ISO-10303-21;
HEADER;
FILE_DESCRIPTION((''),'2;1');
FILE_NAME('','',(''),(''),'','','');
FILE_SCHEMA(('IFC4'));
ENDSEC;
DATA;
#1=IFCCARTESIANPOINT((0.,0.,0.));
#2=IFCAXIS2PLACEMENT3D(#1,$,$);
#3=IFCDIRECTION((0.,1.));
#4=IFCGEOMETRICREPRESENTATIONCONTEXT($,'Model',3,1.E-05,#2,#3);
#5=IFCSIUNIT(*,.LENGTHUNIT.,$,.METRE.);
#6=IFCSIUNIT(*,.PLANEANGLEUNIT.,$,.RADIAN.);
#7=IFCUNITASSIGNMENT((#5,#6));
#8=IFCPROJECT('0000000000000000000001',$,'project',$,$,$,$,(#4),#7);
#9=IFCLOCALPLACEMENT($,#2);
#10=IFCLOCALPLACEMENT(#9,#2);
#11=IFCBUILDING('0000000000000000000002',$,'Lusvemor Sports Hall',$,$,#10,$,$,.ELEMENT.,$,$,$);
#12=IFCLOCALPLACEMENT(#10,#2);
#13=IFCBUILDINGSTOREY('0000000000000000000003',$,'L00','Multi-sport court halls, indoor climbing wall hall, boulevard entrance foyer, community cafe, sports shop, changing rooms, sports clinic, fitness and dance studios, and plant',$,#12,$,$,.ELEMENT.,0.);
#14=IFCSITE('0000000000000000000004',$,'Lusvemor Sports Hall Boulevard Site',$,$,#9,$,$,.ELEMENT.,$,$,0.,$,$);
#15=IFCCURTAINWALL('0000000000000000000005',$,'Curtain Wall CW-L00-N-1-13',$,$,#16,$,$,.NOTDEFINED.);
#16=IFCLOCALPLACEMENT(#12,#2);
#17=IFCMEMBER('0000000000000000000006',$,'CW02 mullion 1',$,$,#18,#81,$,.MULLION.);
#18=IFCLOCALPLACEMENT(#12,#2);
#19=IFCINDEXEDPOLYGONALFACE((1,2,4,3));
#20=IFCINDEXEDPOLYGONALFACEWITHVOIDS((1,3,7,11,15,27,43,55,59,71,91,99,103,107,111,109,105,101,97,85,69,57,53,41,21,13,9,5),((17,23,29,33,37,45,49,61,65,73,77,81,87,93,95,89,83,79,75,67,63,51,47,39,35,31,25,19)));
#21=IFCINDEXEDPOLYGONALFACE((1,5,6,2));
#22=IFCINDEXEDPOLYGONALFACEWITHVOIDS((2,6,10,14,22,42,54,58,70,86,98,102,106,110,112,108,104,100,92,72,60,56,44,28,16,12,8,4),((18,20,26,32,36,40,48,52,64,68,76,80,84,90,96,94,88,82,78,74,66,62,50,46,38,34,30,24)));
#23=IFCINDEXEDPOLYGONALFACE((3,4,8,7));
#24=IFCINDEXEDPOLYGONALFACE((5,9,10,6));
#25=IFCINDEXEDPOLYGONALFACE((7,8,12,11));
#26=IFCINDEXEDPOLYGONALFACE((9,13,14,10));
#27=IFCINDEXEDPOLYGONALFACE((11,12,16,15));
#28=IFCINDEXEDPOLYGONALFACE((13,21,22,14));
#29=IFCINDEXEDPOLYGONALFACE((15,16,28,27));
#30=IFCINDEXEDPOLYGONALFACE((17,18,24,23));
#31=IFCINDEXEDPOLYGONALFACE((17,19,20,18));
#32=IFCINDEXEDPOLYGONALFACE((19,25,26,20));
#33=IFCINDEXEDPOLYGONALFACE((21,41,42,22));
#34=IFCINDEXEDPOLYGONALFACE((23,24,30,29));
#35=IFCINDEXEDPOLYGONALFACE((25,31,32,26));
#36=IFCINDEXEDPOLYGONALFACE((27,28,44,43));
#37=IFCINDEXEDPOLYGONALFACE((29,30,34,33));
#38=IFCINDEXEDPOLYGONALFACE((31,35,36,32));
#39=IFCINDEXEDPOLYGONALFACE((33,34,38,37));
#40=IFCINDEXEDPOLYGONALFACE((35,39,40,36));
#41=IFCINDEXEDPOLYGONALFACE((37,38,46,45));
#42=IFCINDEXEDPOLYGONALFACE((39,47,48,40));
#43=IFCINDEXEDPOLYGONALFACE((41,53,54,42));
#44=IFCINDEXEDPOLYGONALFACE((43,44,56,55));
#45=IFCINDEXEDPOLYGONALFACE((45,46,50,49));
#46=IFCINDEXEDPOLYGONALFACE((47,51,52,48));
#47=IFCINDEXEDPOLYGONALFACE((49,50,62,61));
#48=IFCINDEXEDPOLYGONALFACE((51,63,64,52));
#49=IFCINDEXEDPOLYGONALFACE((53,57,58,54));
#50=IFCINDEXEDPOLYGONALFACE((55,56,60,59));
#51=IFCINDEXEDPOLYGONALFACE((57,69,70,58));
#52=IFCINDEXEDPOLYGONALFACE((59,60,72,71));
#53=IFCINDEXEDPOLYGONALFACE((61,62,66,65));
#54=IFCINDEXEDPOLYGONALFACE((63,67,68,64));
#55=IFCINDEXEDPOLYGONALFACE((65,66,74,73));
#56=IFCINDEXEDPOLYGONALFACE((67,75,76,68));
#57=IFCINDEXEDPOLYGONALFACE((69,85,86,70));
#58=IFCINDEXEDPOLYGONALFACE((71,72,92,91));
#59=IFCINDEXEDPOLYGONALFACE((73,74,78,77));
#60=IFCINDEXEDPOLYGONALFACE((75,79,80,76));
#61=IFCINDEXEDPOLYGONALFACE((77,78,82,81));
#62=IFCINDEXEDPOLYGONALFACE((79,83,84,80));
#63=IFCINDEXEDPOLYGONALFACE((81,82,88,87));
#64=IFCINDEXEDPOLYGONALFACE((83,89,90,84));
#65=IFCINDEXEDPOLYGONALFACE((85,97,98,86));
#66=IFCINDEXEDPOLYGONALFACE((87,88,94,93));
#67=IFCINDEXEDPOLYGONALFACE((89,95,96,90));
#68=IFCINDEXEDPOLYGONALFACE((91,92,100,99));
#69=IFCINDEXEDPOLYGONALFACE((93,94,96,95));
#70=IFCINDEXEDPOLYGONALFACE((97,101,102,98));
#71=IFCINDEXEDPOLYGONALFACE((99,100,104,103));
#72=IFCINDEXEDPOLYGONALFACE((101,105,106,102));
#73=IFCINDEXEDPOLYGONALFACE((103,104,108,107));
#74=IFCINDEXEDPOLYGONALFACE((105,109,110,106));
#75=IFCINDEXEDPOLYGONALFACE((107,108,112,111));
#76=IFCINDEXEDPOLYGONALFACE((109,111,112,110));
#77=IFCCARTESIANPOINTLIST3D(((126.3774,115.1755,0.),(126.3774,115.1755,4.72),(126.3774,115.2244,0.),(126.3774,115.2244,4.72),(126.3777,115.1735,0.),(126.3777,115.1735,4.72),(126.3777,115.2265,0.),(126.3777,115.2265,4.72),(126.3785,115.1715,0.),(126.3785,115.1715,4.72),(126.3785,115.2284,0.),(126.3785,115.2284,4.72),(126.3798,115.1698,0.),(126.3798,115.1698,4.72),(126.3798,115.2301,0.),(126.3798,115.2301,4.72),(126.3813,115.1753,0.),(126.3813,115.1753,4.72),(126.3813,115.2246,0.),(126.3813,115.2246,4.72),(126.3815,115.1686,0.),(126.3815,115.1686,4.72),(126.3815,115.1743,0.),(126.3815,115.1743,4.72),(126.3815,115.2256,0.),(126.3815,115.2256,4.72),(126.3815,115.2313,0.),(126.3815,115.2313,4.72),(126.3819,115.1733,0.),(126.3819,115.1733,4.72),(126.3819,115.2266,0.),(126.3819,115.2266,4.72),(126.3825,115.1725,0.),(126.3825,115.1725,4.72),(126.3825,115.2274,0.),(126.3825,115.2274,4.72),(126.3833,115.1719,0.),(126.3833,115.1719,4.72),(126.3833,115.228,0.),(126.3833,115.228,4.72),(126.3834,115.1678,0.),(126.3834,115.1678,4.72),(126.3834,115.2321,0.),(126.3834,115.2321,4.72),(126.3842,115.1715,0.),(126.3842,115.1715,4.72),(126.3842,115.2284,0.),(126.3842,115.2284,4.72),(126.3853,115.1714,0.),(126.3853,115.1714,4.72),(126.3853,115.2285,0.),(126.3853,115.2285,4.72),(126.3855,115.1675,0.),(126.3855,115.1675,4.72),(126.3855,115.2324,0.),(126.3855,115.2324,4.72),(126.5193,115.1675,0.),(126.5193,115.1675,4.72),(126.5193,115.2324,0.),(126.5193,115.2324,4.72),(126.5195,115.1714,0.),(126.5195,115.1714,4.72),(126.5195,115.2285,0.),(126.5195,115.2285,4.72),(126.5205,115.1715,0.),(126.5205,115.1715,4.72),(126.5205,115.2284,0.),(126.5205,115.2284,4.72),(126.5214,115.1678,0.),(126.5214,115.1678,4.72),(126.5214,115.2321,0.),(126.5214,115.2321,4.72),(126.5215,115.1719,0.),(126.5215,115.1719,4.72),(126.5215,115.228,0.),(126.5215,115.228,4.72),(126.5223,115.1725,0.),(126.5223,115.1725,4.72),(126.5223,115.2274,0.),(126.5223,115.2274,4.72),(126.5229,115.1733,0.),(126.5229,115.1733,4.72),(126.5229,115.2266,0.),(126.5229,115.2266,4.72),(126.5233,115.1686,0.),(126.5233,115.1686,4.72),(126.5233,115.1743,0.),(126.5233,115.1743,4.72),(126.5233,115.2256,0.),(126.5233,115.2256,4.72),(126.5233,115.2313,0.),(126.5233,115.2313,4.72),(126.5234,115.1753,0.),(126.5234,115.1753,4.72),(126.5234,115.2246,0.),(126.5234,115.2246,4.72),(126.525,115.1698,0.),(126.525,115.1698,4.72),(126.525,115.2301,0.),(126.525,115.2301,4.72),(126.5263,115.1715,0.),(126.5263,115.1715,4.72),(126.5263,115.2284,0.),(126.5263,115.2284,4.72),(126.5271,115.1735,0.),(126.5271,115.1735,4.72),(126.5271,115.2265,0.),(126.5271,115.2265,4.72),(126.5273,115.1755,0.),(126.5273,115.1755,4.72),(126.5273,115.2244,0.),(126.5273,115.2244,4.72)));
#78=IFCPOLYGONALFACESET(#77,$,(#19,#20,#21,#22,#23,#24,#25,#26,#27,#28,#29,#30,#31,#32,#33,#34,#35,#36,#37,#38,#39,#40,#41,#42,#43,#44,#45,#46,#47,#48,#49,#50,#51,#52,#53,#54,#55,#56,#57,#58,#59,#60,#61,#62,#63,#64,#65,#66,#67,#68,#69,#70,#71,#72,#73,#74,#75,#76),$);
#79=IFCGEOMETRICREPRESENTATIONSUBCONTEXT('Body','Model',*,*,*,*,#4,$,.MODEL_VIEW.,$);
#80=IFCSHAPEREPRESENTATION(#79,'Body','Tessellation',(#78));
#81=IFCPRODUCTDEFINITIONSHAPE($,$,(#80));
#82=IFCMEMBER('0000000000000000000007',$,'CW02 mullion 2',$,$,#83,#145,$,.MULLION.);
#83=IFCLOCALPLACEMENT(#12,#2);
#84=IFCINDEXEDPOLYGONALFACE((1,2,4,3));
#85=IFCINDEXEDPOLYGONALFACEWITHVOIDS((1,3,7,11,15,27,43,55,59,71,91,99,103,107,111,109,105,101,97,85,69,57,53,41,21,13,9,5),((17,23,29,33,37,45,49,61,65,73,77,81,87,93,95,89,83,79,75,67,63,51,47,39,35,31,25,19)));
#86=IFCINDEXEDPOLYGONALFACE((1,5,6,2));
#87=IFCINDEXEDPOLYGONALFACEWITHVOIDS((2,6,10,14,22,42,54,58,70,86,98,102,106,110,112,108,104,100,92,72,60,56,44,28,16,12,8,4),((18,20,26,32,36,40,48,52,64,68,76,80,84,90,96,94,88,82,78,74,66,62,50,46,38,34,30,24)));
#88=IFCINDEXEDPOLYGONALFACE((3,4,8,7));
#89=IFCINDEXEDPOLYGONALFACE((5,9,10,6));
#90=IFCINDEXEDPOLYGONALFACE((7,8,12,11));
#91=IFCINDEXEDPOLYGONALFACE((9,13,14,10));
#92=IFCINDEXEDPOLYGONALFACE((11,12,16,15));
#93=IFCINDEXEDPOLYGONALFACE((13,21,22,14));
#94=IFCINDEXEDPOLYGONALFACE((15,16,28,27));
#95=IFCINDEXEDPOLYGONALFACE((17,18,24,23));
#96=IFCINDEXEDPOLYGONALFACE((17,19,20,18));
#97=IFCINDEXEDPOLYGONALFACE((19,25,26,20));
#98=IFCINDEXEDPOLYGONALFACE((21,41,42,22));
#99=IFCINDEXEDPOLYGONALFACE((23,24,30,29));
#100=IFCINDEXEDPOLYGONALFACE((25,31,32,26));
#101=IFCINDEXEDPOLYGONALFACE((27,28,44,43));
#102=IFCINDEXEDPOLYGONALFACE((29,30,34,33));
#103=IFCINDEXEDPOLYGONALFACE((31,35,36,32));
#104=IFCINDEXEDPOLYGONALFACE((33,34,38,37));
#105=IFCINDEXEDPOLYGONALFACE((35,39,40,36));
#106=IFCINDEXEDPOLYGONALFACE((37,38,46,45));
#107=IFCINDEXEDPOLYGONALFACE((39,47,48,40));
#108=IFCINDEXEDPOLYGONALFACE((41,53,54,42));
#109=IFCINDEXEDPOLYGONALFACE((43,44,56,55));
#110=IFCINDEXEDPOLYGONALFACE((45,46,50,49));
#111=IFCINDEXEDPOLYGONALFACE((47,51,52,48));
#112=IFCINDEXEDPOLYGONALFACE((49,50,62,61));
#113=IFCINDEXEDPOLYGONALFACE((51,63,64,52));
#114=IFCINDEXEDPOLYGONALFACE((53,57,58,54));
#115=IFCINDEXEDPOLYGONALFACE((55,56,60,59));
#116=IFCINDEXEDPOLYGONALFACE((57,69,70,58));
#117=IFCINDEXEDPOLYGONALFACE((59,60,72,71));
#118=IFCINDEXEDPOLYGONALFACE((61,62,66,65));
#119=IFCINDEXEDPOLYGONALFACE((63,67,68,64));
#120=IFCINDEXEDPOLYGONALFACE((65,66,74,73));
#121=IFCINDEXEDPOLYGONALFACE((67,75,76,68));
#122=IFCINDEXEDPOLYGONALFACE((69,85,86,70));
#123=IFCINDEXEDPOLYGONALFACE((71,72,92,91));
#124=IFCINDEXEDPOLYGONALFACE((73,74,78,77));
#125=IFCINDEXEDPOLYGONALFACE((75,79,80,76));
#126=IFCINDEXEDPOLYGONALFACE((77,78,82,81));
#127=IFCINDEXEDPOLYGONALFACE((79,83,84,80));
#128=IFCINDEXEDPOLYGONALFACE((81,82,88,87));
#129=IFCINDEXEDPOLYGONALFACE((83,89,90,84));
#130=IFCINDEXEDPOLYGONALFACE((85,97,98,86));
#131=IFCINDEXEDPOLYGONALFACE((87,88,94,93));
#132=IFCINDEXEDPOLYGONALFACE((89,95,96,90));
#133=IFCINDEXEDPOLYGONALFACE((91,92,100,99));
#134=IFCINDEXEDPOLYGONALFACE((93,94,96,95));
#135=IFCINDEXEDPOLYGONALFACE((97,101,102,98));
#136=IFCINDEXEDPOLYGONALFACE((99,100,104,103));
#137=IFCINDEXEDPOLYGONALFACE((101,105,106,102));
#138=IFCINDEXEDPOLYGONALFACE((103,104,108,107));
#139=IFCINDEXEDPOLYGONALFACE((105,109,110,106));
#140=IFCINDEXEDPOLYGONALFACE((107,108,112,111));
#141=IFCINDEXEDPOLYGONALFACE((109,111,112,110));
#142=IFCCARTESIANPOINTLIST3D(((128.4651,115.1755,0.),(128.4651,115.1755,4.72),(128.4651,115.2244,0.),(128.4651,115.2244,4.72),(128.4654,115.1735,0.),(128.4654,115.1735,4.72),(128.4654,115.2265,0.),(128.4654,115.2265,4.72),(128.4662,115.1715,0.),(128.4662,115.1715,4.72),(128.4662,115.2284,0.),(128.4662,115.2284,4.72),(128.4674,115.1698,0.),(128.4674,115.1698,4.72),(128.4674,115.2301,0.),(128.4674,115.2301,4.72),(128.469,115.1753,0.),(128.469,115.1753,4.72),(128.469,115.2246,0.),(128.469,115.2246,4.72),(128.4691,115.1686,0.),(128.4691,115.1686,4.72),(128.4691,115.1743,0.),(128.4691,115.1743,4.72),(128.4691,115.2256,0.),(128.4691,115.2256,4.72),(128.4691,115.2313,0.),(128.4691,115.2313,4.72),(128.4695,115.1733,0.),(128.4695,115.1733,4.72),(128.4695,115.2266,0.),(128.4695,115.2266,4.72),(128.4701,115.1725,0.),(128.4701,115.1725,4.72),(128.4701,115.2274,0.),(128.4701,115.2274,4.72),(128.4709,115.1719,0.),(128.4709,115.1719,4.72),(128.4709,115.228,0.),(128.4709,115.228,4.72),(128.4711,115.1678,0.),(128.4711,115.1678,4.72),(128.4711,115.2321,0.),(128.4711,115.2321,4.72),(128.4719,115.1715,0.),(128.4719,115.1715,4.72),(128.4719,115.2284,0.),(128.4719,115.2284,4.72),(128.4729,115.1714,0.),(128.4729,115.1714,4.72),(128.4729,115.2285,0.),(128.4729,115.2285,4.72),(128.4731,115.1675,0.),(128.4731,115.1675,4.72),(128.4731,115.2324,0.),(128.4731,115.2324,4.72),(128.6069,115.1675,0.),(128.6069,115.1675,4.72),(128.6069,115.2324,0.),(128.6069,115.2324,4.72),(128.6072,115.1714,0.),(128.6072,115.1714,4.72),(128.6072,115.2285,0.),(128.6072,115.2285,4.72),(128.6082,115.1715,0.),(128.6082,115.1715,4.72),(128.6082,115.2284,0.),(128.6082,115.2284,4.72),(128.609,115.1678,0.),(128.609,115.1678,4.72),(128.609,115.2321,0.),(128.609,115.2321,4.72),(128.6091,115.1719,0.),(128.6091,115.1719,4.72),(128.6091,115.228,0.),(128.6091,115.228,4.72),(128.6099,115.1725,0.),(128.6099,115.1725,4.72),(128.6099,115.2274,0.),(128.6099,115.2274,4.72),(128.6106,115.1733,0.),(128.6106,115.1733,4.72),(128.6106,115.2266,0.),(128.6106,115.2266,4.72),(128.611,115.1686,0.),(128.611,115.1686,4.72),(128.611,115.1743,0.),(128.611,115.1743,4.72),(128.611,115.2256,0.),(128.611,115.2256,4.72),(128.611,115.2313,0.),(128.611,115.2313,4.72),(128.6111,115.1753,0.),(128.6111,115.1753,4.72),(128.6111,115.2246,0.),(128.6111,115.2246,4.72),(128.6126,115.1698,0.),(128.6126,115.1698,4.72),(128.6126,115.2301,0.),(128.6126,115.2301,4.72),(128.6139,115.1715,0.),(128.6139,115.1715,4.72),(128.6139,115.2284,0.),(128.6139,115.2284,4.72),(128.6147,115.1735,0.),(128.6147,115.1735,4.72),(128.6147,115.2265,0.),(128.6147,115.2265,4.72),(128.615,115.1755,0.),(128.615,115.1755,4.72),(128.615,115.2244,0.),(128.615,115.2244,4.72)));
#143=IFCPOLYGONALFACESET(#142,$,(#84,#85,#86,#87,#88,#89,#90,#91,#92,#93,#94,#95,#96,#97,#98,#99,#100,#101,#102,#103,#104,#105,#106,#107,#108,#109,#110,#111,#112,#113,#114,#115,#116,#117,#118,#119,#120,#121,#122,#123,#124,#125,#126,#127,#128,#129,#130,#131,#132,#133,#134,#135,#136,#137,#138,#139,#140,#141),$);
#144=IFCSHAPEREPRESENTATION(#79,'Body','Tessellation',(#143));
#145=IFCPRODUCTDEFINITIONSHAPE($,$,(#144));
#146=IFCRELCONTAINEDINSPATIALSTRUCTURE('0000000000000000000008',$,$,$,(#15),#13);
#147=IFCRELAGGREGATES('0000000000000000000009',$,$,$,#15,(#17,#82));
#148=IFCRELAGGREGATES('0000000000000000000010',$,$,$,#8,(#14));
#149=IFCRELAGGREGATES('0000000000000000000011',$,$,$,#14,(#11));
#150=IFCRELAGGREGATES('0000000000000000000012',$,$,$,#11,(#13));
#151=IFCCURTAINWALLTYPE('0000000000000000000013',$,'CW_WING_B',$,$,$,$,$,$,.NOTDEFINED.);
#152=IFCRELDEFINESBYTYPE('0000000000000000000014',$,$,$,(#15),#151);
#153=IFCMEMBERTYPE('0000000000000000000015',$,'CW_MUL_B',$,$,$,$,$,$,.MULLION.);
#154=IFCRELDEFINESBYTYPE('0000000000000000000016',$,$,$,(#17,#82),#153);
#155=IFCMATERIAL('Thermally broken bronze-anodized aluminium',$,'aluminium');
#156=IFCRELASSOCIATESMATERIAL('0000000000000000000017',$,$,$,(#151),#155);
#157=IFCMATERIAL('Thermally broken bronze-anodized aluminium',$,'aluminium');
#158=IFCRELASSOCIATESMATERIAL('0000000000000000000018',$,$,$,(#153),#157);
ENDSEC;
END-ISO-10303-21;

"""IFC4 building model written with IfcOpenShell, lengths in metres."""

from ifc_helpers import new_model, si_unit, direction, frame, origin, origin_2d, place, context, subcontext, project, spatial, hollow_rectangle, extrude, material, material_profile, profile_set, type_object, element, aggregate, save


model = new_model("IFC4")

# Units and contexts
model_context = context("Model", 3, precision=1e-05, world=origin(), true_north=direction((0.0, 1.0)))
body_context = subcontext(model_context, "Body", "Model", "MODEL_VIEW")
ifc_project = project(units=[si_unit("LENGTHUNIT", "METRE"), si_unit("PLANEANGLEUNIT", "RADIAN")], contexts=[model_context])

# Site, building, storey
site_placement = place(None, origin())
site = spatial("IfcSite", under=ifc_project, at=site_placement, Name="Lusvemor Sports Hall Boulevard Site", CompositionType="ELEMENT", RefElevation=0.0)
building_placement = place(site_placement, origin())
building = spatial("IfcBuilding", under=site, at=building_placement, Name="Lusvemor Sports Hall", CompositionType="ELEMENT")
storey_placement = place(building_placement, origin())
storey = spatial("IfcBuildingStorey", under=building, at=storey_placement, Name="L00", Description="Multi-sport court halls, indoor climbing wall hall, boulevard entrance foyer, community cafe, sports shop, changing rooms, sports clinic, fitness and dance studios, and plant", CompositionType="ELEMENT", Elevation=0.0)

# Curtain wall, members
ifc_material_1 = material(Name="Thermally broken bronze-anodized aluminium", Category="aluminium")
curtain_wall_type = type_object("IfcCurtainWallType", Name="CW_WING_B", PredefinedType="NOTDEFINED", material=ifc_material_1)
curtain_wall_placement = place(storey_placement, origin())
curtain_wall = element("IfcCurtainWall", 1, at=curtain_wall_placement, inside=storey, type_object=curtain_wall_type, Name="Curtain Wall CW-L00-N-1-13", PredefinedType="NOTDEFINED")
ifc_material_2 = material(Name="Thermally broken bronze-anodized aluminium", Category="aluminium")
ifc_material_profile_1 = material_profile(ifc_material_2, hollow_rectangle(XDim=0.0649, YDim=0.1499, WallThickness=0.0039, InnerFilletRadius=0.0039, OuterFilletRadius=0.0081, at=origin_2d()), Name="CWMUL150x65x4")
ifc_profile_set_1 = profile_set([ifc_material_profile_1], Name="Thermally broken bronze-anodized aluminium")
member_type_1 = type_object("IfcMemberType", Name="CW_MUL_B", PredefinedType="MULLION", material=ifc_profile_set_1)
member_1_placement = place(storey_placement, frame((126.4524, 115.2, 0.0), z_axis=(0.0, 0.0, 1.0), x_axis=(0.0, 1.0, 0.0)))
member_1 = element("IfcMember", 2, at=member_1_placement, type_object=member_type_1, Name="CW02 mullion 1", PredefinedType="MULLION", context=body_context, shape_type="SweptSolid", body=[
    extrude(hollow_rectangle(XDim=0.0649, YDim=0.1499, WallThickness=0.0039, InnerFilletRadius=0.0039, OuterFilletRadius=0.0081, at=origin_2d()), origin(), (0.0, 0.0, 1.0), 4.72),
])
member_2_placement = place(storey_placement, frame((128.54, 115.2, 0.0), z_axis=(0.0, 0.0, 1.0), x_axis=(0.0, 1.0, 0.0)))
member_2 = element("IfcMember", 3, at=member_2_placement, type_object=member_type_1, Name="CW02 mullion 2", PredefinedType="MULLION", context=body_context, shape_type="SweptSolid", body=[
    extrude(hollow_rectangle(XDim=0.0649, YDim=0.1499, WallThickness=0.0039, InnerFilletRadius=0.0039, OuterFilletRadius=0.0081, at=origin_2d()), origin(), (0.0, 0.0, 1.0), 4.72),
])
aggregate(curtain_wall, [member_1, member_2])

save(model, "model.ifc")
